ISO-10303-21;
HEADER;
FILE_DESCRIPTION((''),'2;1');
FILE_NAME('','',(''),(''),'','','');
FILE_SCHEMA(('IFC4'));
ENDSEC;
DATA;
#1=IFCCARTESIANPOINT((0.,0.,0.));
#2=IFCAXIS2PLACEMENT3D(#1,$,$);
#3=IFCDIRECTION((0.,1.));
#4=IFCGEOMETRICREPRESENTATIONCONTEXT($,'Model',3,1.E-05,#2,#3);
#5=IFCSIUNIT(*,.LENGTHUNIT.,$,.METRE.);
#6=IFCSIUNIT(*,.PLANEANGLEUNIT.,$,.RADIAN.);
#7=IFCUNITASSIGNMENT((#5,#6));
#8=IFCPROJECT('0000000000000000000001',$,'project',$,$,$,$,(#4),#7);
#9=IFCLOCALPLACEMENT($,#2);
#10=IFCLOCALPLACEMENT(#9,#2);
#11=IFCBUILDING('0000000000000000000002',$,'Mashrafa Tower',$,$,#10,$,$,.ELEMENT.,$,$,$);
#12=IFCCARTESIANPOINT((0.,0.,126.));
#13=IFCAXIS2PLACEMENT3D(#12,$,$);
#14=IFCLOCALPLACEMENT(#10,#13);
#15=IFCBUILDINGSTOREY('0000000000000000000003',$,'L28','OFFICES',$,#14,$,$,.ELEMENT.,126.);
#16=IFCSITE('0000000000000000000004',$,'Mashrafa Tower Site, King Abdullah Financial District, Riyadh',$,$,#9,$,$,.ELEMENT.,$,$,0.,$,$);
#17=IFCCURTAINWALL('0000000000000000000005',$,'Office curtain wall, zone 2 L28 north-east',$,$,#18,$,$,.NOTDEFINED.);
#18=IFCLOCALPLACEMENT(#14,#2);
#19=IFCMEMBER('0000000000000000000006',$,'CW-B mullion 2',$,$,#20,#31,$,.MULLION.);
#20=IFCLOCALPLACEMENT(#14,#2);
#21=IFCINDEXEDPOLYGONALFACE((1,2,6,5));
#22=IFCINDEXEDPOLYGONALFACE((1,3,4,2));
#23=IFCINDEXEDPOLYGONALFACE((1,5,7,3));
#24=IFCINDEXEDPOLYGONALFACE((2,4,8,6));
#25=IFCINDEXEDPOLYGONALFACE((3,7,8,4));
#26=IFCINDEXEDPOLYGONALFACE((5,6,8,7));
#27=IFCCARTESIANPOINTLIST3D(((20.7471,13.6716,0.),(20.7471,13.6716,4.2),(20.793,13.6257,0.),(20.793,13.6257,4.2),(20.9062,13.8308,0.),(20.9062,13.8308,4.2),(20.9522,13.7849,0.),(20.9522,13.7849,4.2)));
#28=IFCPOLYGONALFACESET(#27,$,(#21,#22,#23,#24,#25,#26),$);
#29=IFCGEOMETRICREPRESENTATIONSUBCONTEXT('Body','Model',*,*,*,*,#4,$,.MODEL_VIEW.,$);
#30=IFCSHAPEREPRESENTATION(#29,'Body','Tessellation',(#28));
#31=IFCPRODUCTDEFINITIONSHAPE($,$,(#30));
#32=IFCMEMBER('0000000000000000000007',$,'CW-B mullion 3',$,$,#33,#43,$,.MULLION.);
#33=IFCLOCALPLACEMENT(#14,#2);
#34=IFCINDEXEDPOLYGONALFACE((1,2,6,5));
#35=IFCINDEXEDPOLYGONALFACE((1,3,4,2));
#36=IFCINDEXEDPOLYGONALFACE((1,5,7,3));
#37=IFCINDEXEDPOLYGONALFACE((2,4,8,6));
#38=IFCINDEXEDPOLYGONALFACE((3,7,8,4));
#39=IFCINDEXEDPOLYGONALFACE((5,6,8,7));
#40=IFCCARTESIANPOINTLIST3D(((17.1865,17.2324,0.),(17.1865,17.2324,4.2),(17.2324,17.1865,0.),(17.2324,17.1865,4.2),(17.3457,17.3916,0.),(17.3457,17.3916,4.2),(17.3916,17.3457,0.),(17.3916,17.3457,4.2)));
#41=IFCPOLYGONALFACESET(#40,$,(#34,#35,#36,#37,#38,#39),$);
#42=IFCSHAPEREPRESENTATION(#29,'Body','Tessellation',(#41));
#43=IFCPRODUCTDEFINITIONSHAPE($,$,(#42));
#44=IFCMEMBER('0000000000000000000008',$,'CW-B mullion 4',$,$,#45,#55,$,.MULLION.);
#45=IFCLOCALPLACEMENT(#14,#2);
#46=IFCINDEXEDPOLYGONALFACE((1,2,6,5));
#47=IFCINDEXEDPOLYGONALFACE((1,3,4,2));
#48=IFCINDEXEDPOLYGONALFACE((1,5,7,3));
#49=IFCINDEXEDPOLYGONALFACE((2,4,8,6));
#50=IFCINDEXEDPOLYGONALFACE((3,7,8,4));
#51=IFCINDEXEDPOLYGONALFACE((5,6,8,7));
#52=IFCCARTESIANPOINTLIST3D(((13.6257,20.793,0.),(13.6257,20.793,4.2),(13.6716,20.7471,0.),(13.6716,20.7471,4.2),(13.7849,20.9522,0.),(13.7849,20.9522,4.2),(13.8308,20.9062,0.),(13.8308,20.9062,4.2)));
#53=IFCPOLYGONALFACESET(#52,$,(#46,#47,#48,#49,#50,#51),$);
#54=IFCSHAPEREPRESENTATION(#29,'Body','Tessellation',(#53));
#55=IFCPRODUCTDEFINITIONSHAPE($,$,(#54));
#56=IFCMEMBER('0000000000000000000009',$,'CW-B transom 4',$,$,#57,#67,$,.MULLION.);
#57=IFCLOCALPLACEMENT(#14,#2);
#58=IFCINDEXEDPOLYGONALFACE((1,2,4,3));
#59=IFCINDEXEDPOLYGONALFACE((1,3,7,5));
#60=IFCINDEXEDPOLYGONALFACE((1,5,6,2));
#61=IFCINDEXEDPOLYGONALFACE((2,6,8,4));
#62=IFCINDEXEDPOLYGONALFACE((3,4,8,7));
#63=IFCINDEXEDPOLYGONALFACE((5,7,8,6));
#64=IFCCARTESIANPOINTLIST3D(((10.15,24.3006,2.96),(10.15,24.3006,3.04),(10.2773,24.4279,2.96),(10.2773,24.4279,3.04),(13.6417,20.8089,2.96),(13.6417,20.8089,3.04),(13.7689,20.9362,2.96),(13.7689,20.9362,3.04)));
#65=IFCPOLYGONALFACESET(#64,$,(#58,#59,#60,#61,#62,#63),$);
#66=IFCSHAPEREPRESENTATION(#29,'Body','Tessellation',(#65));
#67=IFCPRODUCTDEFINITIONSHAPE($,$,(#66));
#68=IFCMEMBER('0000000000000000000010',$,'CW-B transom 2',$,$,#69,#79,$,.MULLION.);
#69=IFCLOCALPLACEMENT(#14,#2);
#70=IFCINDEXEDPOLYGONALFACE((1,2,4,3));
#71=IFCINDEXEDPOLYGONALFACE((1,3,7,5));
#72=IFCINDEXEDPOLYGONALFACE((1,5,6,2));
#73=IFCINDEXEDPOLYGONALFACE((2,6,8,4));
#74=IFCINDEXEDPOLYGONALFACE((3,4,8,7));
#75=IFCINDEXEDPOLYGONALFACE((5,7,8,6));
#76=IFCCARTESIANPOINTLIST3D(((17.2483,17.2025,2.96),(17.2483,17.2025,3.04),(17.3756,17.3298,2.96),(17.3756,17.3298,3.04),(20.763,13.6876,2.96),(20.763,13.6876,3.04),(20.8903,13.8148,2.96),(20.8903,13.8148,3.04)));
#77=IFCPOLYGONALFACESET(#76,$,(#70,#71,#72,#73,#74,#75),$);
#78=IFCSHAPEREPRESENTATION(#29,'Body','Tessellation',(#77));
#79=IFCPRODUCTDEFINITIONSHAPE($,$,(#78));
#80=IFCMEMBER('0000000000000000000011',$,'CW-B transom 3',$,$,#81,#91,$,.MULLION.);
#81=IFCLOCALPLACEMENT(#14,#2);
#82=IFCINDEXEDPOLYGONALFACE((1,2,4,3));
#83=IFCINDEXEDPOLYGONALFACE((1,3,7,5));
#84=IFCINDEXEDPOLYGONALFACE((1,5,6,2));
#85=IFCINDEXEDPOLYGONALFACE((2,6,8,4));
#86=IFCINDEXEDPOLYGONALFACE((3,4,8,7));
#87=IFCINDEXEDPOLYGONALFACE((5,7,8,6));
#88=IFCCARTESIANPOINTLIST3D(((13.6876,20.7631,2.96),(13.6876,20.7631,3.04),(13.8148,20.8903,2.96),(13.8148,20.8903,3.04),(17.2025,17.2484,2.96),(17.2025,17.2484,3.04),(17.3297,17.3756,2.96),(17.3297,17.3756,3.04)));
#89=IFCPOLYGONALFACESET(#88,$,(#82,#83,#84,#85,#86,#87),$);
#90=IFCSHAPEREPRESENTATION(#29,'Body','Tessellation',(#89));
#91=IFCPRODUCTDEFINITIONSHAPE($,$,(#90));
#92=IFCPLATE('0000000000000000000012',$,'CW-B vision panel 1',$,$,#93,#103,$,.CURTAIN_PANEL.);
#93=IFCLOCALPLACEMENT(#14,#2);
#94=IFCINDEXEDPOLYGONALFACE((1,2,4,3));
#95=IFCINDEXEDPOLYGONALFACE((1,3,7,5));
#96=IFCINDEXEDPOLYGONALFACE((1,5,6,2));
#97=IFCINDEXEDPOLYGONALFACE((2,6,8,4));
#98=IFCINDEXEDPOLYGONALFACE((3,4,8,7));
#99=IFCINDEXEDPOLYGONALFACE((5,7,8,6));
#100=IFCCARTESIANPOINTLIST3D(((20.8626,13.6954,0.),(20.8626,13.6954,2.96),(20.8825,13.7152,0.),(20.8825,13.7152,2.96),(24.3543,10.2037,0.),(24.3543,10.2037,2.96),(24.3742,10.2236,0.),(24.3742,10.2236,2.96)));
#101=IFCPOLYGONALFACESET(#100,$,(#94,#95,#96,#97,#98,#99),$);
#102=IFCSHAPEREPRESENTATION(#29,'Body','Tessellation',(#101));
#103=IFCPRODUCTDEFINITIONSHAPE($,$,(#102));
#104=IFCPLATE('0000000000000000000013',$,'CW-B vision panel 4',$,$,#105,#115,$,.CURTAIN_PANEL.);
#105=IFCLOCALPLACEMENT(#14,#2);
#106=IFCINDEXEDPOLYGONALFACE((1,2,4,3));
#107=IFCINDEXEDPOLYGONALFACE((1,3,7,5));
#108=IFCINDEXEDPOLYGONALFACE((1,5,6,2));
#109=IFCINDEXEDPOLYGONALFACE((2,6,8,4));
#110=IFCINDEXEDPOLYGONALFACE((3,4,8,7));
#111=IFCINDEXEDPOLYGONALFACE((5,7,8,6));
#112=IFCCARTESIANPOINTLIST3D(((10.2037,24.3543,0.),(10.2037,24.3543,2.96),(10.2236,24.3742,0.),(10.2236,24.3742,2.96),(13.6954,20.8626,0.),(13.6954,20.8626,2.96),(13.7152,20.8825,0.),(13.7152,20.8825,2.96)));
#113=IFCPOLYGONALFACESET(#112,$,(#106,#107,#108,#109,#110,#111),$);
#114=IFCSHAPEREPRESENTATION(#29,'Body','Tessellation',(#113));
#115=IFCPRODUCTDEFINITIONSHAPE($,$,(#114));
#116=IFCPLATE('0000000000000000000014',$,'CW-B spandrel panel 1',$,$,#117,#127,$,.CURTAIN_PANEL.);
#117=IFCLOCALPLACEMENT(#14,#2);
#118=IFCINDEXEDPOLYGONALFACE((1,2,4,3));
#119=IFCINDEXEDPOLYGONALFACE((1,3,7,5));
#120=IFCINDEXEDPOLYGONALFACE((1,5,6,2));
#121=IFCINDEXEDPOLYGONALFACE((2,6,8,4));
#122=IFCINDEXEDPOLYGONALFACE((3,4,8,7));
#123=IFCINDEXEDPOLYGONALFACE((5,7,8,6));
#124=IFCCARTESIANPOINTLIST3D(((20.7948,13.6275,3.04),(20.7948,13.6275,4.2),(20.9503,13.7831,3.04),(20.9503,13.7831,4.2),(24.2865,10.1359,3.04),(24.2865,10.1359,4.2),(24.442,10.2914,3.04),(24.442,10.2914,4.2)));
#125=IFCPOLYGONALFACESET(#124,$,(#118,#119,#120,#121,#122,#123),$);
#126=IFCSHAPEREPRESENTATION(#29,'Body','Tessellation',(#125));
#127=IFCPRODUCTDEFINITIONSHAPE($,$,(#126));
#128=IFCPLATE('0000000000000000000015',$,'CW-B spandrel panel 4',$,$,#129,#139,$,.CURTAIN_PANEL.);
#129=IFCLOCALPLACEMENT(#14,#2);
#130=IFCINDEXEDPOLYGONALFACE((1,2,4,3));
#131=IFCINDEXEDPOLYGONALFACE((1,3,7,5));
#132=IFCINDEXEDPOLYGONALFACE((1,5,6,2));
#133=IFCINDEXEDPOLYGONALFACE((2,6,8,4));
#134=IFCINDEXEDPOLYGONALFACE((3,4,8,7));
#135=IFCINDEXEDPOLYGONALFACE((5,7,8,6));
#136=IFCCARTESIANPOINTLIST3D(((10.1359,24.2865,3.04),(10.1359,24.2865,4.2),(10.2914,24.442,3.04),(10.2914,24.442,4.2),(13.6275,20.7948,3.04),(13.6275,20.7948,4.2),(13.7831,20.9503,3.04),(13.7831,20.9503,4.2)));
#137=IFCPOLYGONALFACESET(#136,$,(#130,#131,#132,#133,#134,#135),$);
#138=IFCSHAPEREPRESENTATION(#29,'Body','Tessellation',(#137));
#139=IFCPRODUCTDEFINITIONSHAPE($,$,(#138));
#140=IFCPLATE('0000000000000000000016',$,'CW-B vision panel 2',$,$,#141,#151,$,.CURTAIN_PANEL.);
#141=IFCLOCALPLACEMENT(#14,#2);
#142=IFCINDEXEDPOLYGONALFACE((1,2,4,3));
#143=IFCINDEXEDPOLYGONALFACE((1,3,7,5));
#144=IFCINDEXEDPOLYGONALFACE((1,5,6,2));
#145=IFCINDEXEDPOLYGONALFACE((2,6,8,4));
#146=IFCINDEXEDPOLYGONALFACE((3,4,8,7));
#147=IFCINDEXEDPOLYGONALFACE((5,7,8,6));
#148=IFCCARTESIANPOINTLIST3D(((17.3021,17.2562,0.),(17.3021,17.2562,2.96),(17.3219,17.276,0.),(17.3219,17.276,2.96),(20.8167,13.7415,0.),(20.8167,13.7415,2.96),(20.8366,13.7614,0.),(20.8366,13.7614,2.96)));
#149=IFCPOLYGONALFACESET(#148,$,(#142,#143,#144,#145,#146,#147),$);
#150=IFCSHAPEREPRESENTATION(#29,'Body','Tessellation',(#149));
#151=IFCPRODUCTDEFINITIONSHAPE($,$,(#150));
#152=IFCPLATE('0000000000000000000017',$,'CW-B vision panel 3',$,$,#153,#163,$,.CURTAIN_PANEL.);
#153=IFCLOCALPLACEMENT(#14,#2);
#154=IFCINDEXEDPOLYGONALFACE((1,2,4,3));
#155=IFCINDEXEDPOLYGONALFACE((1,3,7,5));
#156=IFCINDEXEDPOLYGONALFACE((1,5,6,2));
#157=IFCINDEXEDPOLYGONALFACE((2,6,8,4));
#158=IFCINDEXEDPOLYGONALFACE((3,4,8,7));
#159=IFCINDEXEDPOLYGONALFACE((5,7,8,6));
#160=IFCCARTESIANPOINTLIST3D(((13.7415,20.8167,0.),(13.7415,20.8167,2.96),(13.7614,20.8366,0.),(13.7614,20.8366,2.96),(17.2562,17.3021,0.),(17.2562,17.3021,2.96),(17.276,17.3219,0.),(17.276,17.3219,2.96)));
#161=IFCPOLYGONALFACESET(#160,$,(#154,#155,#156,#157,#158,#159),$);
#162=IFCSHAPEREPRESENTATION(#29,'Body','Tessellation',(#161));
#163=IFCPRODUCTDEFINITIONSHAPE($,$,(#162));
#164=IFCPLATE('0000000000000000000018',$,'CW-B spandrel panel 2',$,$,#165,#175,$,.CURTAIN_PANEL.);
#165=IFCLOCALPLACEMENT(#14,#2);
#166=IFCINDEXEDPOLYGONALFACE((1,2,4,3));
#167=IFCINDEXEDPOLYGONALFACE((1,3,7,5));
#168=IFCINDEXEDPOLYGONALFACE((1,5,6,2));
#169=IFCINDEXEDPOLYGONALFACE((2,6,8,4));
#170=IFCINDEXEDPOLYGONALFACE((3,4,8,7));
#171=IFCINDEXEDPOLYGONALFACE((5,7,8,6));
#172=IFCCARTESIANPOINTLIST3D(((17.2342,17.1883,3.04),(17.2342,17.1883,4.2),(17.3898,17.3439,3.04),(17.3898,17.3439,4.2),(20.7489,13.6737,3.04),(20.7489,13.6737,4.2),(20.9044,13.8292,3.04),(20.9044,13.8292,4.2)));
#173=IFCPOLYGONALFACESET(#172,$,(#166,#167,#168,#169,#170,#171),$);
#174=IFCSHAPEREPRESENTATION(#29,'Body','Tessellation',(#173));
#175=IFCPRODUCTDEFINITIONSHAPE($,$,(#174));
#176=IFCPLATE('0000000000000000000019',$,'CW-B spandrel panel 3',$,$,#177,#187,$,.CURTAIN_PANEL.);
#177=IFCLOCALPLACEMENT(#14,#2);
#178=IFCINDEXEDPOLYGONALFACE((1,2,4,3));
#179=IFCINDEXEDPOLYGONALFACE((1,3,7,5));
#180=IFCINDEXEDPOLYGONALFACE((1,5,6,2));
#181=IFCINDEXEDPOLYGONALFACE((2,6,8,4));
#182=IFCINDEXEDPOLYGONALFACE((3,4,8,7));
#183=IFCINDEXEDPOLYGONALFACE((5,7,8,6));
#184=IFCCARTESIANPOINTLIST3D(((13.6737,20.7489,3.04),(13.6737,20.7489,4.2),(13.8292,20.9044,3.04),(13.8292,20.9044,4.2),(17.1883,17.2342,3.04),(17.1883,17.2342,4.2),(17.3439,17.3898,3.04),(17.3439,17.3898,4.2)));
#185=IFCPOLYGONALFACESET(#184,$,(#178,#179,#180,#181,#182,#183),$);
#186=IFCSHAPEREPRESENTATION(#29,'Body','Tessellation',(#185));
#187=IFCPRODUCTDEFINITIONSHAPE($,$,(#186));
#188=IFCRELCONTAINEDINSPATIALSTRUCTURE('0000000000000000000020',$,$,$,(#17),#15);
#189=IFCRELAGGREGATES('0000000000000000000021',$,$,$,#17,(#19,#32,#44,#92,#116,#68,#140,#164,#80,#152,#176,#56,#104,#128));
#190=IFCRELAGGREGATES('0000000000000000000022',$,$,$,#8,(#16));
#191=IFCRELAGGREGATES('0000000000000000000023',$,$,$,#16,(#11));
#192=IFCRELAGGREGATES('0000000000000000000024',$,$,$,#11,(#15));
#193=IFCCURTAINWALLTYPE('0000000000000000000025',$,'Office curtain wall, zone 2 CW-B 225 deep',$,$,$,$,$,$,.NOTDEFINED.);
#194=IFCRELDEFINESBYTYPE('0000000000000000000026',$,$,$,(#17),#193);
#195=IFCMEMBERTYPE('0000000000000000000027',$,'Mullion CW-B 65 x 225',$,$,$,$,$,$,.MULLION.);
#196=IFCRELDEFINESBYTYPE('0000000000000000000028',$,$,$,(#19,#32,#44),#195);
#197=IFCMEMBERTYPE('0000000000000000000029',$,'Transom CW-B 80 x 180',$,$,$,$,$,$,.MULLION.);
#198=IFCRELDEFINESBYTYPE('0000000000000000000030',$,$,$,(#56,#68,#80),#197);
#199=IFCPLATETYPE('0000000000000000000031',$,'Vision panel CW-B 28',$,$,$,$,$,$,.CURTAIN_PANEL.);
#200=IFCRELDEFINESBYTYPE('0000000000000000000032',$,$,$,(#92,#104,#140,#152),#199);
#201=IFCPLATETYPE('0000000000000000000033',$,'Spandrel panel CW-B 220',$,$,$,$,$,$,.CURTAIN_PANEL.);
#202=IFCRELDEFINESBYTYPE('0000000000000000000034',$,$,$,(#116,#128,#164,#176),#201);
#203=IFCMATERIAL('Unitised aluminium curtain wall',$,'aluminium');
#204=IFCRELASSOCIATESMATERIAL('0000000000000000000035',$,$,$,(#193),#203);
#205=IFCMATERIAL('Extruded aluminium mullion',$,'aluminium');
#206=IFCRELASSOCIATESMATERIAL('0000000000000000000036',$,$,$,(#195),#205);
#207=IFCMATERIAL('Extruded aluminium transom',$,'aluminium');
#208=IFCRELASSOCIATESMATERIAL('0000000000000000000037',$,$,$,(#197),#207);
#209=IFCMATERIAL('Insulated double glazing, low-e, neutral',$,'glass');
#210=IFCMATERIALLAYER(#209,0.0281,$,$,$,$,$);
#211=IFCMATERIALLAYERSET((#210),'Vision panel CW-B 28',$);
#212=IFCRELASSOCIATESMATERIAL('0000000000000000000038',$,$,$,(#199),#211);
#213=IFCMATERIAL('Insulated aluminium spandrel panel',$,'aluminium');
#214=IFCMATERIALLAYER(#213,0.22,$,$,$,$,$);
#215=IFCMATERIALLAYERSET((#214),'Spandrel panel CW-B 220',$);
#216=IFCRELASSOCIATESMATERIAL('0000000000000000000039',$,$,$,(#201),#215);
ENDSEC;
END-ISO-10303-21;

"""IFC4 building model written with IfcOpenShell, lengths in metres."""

from ifc_helpers import new_model, si_unit, direction, frame, origin, origin_2d, place, context, subcontext, project, spatial, rectangle, extrude, source, transform, mapped, material, layer, layer_set, material_profile, profile_set, type_object, type_shapes, element, aggregate, save


model = new_model("IFC4")

# Units and contexts
model_context = context("Model", 3, precision=1e-05, world=origin(), true_north=direction((0.0, 1.0)))
body_context = subcontext(model_context, "Body", "Model", "MODEL_VIEW")
ifc_project = project(units=[si_unit("LENGTHUNIT", "METRE"), si_unit("PLANEANGLEUNIT", "RADIAN")], contexts=[model_context])

# Site, building, storey
site_placement = place(None, origin())
site = spatial("IfcSite", under=ifc_project, at=site_placement, Name="Mashrafa Tower Site, King Abdullah Financial District, Riyadh", CompositionType="ELEMENT", RefElevation=0.0)
building_placement = place(site_placement, origin())
building = spatial("IfcBuilding", under=site, at=building_placement, Name="Mashrafa Tower", CompositionType="ELEMENT")
storey_placement = place(building_placement, frame((0.0, 0.0, 126.0)))
storey = spatial("IfcBuildingStorey", under=building, at=storey_placement, Name="L28", Description="OFFICES", CompositionType="ELEMENT", Elevation=126.0)

# Curtain wall, members, plates
ifc_material_1 = material(Name="Unitised aluminium curtain wall", Category="aluminium")
curtain_wall_type = type_object("IfcCurtainWallType", Name="Office curtain wall, zone 2 CW-B 225 deep", PredefinedType="NOTDEFINED", material=ifc_material_1)
curtain_wall_placement = place(storey_placement, origin())
curtain_wall = element("IfcCurtainWall", 1, at=curtain_wall_placement, inside=storey, type_object=curtain_wall_type, Name="Office curtain wall, zone 2 L28 north-east", PredefinedType="NOTDEFINED")
ifc_material_2 = material(Name="Extruded aluminium mullion", Category="aluminium")
ifc_material_profile_1 = material_profile(ifc_material_2, rectangle(XDim=0.2251, YDim=0.0649, at=origin_2d()), Name="Mullion 65x225")
ifc_profile_set_1 = profile_set([ifc_material_profile_1], Name="Extruded aluminium mullion")
member_type_1 = type_object("IfcMemberType", Name="Mullion CW-B 65 x 225", PredefinedType="MULLION", material=ifc_profile_set_1)
shared_shape_1 = source(origin(), body_context, "Body", "SweptSolid", [
    extrude(rectangle(XDim=0.2251, YDim=0.0649, at=origin_2d()), origin(), (0.0, 0.0, 1.0), 4.2),
])
type_shapes(member_type_1, [shared_shape_1])
member_1_placement = place(storey_placement, frame((20.8496, 13.7283, 0.0), z_axis=(0.0, 0.0, 1.0), x_axis=(-0.707107, -0.707107, 0.0)))
member_1 = element("IfcMember", 2, at=member_1_placement, type_object=member_type_1, Name="CW-B mullion 2", PredefinedType="MULLION", context=body_context, shape_type="MappedRepresentation", body=[
    mapped(shared_shape_1, transform((0.0, 0.0, 0.0))),
])
member_2_placement = place(storey_placement, frame((17.2891, 17.2891, 0.0), z_axis=(0.0, 0.0, 1.0), x_axis=(-0.707107, -0.707107, 0.0)))
member_2 = element("IfcMember", 3, at=member_2_placement, type_object=member_type_1, Name="CW-B mullion 3", PredefinedType="MULLION", context=body_context, shape_type="MappedRepresentation", body=[
    mapped(shared_shape_1, transform((0.0, 0.0, 0.0))),
])
member_3_placement = place(storey_placement, frame((13.7283, 20.8496, 0.0), z_axis=(0.0, 0.0, 1.0), x_axis=(-0.707107, -0.707107, 0.0)))
member_3 = element("IfcMember", 4, at=member_3_placement, type_object=member_type_1, Name="CW-B mullion 4", PredefinedType="MULLION", context=body_context, shape_type="MappedRepresentation", body=[
    mapped(shared_shape_1, transform((0.0, 0.0, 0.0))),
])
ifc_material_3 = material(Name="Extruded aluminium transom", Category="aluminium")
ifc_material_profile_2 = material_profile(ifc_material_3, rectangle(XDim=0.1799, YDim=0.0801, at=origin_2d()), Name="Transom 80x180")
ifc_profile_set_2 = profile_set([ifc_material_profile_2], Name="Extruded aluminium transom")
member_type_2 = type_object("IfcMemberType", Name="Transom CW-B 80 x 180", PredefinedType="MULLION", material=ifc_profile_set_2)
shared_shape_2 = source(origin(), body_context, "Body", "SweptSolid", [
    extrude(rectangle(XDim=0.1799, YDim=0.0801, at=origin_2d()), origin(), (0.0, 0.0, 1.0), 4.938),
])
member_4_placement = place(storey_placement, frame((13.7053, 20.8726, 3.0), z_axis=(-0.707107, 0.707107, 0.0), x_axis=(-0.707107, -0.707107, 0.0)))
member_4 = element("IfcMember", 5, at=member_4_placement, type_object=member_type_2, Name="CW-B transom 4", PredefinedType="MULLION", context=body_context, shape_type="MappedRepresentation", body=[
    mapped(shared_shape_2, transform((0.0, 0.0, 0.0))),
])
shared_shape_3 = source(origin(), body_context, "Body", "SweptSolid", [
    extrude(rectangle(XDim=0.1799, YDim=0.0801, at=origin_2d()), origin(), (0.0, 0.0, 1.0), 4.9707),
])
type_shapes(member_type_2, [shared_shape_2, shared_shape_3])
member_5_placement = place(storey_placement, frame((20.8267, 13.7512, 3.0), z_axis=(-0.707082, 0.707131, 0.0), x_axis=(-0.707131, -0.707082, 0.0)))
member_5 = element("IfcMember", 6, at=member_5_placement, type_object=member_type_2, Name="CW-B transom 2", PredefinedType="MULLION", context=body_context, shape_type="MappedRepresentation", body=[
    mapped(shared_shape_3, transform((0.0, 0.0, 0.0))),
])
member_6_placement = place(storey_placement, frame((17.2661, 17.312, 3.0), z_axis=(-0.707131, 0.707082, 0.0), x_axis=(-0.707082, -0.707131, 0.0)))
member_6 = element("IfcMember", 7, at=member_6_placement, type_object=member_type_2, Name="CW-B transom 3", PredefinedType="MULLION", context=body_context, shape_type="MappedRepresentation", body=[
    mapped(shared_shape_3, transform((0.0, 0.0, 0.0))),
])
ifc_material_4 = material(Name="Insulated double glazing, low-e, neutral", Category="glass")
ifc_layer_1 = layer(ifc_material_4, 0.0281)
ifc_layer_set_1 = layer_set([ifc_layer_1], Name="Vision panel CW-B 28")
plate_type_1 = type_object("IfcPlateType", Name="Vision panel CW-B 28", PredefinedType="CURTAIN_PANEL", material=ifc_layer_set_1)
shared_shape_4 = source(origin(), body_context, "Body", "SweptSolid", [
    extrude(rectangle(XDim=4.938, YDim=0.0281, at=origin_2d()), origin(), (0.0, 0.0, 1.0), 2.96),
])
plate_1_placement = place(storey_placement, frame((22.6184, 11.9595, 0.0), z_axis=(0.0, 0.0, 1.0), x_axis=(-0.707107, 0.707107, 0.0)))
plate_1 = element("IfcPlate", 8, at=plate_1_placement, type_object=plate_type_1, Name="CW-B vision panel 1", PredefinedType="CURTAIN_PANEL", context=body_context, shape_type="MappedRepresentation", body=[
    mapped(shared_shape_4, transform((0.0, 0.0, 0.0))),
])
plate_2_placement = place(storey_placement, frame((11.9595, 22.6184, 0.0), z_axis=(0.0, 0.0, 1.0), x_axis=(-0.707107, 0.707107, 0.0)))
plate_2 = element("IfcPlate", 9, at=plate_2_placement, type_object=plate_type_1, Name="CW-B vision panel 4", PredefinedType="CURTAIN_PANEL", context=body_context, shape_type="MappedRepresentation", body=[
    mapped(shared_shape_4, transform((0.0, 0.0, 0.0))),
])
ifc_material_5 = material(Name="Insulated aluminium spandrel panel", Category="aluminium")
ifc_layer_2 = layer(ifc_material_5, 0.22)
ifc_layer_set_2 = layer_set([ifc_layer_2], Name="Spandrel panel CW-B 220")
plate_type_2 = type_object("IfcPlateType", Name="Spandrel panel CW-B 220", PredefinedType="CURTAIN_PANEL", material=ifc_layer_set_2)
shared_shape_5 = source(origin(), body_context, "Body", "SweptSolid", [
    extrude(rectangle(XDim=4.938, YDim=0.22, at=origin_2d()), origin(), (0.0, 0.0, 1.0), 1.1599),
])
plate_3_placement = place(storey_placement, frame((22.6184, 11.9595, 3.04), z_axis=(0.0, 0.0, 1.0), x_axis=(-0.707107, 0.707107, 0.0)))
plate_3 = element("IfcPlate", 10, at=plate_3_placement, type_object=plate_type_2, Name="CW-B spandrel panel 1", PredefinedType="CURTAIN_PANEL", context=body_context, shape_type="MappedRepresentation", body=[
    mapped(shared_shape_5, transform((0.0, 0.0, 0.0))),
])
plate_4_placement = place(storey_placement, frame((11.9595, 22.6184, 3.04), z_axis=(0.0, 0.0, 1.0), x_axis=(-0.707107, 0.707107, 0.0)))
plate_4 = element("IfcPlate", 11, at=plate_4_placement, type_object=plate_type_2, Name="CW-B spandrel panel 4", PredefinedType="CURTAIN_PANEL", context=body_context, shape_type="MappedRepresentation", body=[
    mapped(shared_shape_5, transform((0.0, 0.0, 0.0))),
])
shared_shape_6 = source(origin(), body_context, "Body", "SweptSolid", [
    extrude(rectangle(XDim=4.9705, YDim=0.0281, at=origin_2d()), origin(), (0.0, 0.0, 1.0), 2.96),
])
type_shapes(plate_type_1, [shared_shape_4, shared_shape_6])
plate_5_placement = place(storey_placement, frame((19.0693, 15.5088, 0.0), z_axis=(0.0, 0.0, 1.0), x_axis=(-0.707107, 0.707107, 0.0)))
plate_5 = element("IfcPlate", 12, at=plate_5_placement, type_object=plate_type_1, Name="CW-B vision panel 2", PredefinedType="CURTAIN_PANEL", context=body_context, shape_type="MappedRepresentation", body=[
    mapped(shared_shape_6, transform((0.0, 0.0, 0.0))),
])
plate_6_placement = place(storey_placement, frame((15.5088, 19.0693, 0.0), z_axis=(0.0, 0.0, 1.0), x_axis=(-0.707107, 0.707107, 0.0)))
plate_6 = element("IfcPlate", 13, at=plate_6_placement, type_object=plate_type_1, Name="CW-B vision panel 3", PredefinedType="CURTAIN_PANEL", context=body_context, shape_type="MappedRepresentation", body=[
    mapped(shared_shape_6, transform((0.0, 0.0, 0.0))),
])
shared_shape_7 = source(origin(), body_context, "Body", "SweptSolid", [
    extrude(rectangle(XDim=4.9705, YDim=0.22, at=origin_2d()), origin(), (0.0, 0.0, 1.0), 1.1599),
])
type_shapes(plate_type_2, [shared_shape_5, shared_shape_7])
plate_7_placement = place(storey_placement, frame((19.0693, 15.5088, 3.04), z_axis=(0.0, 0.0, 1.0), x_axis=(-0.707107, 0.707107, 0.0)))
plate_7 = element("IfcPlate", 14, at=plate_7_placement, type_object=plate_type_2, Name="CW-B spandrel panel 2", PredefinedType="CURTAIN_PANEL", context=body_context, shape_type="MappedRepresentation", body=[
    mapped(shared_shape_7, transform((0.0, 0.0, 0.0))),
])
plate_8_placement = place(storey_placement, frame((15.5088, 19.0693, 3.04), z_axis=(0.0, 0.0, 1.0), x_axis=(-0.707107, 0.707107, 0.0)))
plate_8 = element("IfcPlate", 15, at=plate_8_placement, type_object=plate_type_2, Name="CW-B spandrel panel 3", PredefinedType="CURTAIN_PANEL", context=body_context, shape_type="MappedRepresentation", body=[
    mapped(shared_shape_7, transform((0.0, 0.0, 0.0))),
])
aggregate(curtain_wall, [member_1, member_2, member_3, plate_1, plate_3, member_5, plate_5, plate_7, member_6, plate_6, plate_8, member_4, plate_2, plate_4])

save(model, "model.ifc")
